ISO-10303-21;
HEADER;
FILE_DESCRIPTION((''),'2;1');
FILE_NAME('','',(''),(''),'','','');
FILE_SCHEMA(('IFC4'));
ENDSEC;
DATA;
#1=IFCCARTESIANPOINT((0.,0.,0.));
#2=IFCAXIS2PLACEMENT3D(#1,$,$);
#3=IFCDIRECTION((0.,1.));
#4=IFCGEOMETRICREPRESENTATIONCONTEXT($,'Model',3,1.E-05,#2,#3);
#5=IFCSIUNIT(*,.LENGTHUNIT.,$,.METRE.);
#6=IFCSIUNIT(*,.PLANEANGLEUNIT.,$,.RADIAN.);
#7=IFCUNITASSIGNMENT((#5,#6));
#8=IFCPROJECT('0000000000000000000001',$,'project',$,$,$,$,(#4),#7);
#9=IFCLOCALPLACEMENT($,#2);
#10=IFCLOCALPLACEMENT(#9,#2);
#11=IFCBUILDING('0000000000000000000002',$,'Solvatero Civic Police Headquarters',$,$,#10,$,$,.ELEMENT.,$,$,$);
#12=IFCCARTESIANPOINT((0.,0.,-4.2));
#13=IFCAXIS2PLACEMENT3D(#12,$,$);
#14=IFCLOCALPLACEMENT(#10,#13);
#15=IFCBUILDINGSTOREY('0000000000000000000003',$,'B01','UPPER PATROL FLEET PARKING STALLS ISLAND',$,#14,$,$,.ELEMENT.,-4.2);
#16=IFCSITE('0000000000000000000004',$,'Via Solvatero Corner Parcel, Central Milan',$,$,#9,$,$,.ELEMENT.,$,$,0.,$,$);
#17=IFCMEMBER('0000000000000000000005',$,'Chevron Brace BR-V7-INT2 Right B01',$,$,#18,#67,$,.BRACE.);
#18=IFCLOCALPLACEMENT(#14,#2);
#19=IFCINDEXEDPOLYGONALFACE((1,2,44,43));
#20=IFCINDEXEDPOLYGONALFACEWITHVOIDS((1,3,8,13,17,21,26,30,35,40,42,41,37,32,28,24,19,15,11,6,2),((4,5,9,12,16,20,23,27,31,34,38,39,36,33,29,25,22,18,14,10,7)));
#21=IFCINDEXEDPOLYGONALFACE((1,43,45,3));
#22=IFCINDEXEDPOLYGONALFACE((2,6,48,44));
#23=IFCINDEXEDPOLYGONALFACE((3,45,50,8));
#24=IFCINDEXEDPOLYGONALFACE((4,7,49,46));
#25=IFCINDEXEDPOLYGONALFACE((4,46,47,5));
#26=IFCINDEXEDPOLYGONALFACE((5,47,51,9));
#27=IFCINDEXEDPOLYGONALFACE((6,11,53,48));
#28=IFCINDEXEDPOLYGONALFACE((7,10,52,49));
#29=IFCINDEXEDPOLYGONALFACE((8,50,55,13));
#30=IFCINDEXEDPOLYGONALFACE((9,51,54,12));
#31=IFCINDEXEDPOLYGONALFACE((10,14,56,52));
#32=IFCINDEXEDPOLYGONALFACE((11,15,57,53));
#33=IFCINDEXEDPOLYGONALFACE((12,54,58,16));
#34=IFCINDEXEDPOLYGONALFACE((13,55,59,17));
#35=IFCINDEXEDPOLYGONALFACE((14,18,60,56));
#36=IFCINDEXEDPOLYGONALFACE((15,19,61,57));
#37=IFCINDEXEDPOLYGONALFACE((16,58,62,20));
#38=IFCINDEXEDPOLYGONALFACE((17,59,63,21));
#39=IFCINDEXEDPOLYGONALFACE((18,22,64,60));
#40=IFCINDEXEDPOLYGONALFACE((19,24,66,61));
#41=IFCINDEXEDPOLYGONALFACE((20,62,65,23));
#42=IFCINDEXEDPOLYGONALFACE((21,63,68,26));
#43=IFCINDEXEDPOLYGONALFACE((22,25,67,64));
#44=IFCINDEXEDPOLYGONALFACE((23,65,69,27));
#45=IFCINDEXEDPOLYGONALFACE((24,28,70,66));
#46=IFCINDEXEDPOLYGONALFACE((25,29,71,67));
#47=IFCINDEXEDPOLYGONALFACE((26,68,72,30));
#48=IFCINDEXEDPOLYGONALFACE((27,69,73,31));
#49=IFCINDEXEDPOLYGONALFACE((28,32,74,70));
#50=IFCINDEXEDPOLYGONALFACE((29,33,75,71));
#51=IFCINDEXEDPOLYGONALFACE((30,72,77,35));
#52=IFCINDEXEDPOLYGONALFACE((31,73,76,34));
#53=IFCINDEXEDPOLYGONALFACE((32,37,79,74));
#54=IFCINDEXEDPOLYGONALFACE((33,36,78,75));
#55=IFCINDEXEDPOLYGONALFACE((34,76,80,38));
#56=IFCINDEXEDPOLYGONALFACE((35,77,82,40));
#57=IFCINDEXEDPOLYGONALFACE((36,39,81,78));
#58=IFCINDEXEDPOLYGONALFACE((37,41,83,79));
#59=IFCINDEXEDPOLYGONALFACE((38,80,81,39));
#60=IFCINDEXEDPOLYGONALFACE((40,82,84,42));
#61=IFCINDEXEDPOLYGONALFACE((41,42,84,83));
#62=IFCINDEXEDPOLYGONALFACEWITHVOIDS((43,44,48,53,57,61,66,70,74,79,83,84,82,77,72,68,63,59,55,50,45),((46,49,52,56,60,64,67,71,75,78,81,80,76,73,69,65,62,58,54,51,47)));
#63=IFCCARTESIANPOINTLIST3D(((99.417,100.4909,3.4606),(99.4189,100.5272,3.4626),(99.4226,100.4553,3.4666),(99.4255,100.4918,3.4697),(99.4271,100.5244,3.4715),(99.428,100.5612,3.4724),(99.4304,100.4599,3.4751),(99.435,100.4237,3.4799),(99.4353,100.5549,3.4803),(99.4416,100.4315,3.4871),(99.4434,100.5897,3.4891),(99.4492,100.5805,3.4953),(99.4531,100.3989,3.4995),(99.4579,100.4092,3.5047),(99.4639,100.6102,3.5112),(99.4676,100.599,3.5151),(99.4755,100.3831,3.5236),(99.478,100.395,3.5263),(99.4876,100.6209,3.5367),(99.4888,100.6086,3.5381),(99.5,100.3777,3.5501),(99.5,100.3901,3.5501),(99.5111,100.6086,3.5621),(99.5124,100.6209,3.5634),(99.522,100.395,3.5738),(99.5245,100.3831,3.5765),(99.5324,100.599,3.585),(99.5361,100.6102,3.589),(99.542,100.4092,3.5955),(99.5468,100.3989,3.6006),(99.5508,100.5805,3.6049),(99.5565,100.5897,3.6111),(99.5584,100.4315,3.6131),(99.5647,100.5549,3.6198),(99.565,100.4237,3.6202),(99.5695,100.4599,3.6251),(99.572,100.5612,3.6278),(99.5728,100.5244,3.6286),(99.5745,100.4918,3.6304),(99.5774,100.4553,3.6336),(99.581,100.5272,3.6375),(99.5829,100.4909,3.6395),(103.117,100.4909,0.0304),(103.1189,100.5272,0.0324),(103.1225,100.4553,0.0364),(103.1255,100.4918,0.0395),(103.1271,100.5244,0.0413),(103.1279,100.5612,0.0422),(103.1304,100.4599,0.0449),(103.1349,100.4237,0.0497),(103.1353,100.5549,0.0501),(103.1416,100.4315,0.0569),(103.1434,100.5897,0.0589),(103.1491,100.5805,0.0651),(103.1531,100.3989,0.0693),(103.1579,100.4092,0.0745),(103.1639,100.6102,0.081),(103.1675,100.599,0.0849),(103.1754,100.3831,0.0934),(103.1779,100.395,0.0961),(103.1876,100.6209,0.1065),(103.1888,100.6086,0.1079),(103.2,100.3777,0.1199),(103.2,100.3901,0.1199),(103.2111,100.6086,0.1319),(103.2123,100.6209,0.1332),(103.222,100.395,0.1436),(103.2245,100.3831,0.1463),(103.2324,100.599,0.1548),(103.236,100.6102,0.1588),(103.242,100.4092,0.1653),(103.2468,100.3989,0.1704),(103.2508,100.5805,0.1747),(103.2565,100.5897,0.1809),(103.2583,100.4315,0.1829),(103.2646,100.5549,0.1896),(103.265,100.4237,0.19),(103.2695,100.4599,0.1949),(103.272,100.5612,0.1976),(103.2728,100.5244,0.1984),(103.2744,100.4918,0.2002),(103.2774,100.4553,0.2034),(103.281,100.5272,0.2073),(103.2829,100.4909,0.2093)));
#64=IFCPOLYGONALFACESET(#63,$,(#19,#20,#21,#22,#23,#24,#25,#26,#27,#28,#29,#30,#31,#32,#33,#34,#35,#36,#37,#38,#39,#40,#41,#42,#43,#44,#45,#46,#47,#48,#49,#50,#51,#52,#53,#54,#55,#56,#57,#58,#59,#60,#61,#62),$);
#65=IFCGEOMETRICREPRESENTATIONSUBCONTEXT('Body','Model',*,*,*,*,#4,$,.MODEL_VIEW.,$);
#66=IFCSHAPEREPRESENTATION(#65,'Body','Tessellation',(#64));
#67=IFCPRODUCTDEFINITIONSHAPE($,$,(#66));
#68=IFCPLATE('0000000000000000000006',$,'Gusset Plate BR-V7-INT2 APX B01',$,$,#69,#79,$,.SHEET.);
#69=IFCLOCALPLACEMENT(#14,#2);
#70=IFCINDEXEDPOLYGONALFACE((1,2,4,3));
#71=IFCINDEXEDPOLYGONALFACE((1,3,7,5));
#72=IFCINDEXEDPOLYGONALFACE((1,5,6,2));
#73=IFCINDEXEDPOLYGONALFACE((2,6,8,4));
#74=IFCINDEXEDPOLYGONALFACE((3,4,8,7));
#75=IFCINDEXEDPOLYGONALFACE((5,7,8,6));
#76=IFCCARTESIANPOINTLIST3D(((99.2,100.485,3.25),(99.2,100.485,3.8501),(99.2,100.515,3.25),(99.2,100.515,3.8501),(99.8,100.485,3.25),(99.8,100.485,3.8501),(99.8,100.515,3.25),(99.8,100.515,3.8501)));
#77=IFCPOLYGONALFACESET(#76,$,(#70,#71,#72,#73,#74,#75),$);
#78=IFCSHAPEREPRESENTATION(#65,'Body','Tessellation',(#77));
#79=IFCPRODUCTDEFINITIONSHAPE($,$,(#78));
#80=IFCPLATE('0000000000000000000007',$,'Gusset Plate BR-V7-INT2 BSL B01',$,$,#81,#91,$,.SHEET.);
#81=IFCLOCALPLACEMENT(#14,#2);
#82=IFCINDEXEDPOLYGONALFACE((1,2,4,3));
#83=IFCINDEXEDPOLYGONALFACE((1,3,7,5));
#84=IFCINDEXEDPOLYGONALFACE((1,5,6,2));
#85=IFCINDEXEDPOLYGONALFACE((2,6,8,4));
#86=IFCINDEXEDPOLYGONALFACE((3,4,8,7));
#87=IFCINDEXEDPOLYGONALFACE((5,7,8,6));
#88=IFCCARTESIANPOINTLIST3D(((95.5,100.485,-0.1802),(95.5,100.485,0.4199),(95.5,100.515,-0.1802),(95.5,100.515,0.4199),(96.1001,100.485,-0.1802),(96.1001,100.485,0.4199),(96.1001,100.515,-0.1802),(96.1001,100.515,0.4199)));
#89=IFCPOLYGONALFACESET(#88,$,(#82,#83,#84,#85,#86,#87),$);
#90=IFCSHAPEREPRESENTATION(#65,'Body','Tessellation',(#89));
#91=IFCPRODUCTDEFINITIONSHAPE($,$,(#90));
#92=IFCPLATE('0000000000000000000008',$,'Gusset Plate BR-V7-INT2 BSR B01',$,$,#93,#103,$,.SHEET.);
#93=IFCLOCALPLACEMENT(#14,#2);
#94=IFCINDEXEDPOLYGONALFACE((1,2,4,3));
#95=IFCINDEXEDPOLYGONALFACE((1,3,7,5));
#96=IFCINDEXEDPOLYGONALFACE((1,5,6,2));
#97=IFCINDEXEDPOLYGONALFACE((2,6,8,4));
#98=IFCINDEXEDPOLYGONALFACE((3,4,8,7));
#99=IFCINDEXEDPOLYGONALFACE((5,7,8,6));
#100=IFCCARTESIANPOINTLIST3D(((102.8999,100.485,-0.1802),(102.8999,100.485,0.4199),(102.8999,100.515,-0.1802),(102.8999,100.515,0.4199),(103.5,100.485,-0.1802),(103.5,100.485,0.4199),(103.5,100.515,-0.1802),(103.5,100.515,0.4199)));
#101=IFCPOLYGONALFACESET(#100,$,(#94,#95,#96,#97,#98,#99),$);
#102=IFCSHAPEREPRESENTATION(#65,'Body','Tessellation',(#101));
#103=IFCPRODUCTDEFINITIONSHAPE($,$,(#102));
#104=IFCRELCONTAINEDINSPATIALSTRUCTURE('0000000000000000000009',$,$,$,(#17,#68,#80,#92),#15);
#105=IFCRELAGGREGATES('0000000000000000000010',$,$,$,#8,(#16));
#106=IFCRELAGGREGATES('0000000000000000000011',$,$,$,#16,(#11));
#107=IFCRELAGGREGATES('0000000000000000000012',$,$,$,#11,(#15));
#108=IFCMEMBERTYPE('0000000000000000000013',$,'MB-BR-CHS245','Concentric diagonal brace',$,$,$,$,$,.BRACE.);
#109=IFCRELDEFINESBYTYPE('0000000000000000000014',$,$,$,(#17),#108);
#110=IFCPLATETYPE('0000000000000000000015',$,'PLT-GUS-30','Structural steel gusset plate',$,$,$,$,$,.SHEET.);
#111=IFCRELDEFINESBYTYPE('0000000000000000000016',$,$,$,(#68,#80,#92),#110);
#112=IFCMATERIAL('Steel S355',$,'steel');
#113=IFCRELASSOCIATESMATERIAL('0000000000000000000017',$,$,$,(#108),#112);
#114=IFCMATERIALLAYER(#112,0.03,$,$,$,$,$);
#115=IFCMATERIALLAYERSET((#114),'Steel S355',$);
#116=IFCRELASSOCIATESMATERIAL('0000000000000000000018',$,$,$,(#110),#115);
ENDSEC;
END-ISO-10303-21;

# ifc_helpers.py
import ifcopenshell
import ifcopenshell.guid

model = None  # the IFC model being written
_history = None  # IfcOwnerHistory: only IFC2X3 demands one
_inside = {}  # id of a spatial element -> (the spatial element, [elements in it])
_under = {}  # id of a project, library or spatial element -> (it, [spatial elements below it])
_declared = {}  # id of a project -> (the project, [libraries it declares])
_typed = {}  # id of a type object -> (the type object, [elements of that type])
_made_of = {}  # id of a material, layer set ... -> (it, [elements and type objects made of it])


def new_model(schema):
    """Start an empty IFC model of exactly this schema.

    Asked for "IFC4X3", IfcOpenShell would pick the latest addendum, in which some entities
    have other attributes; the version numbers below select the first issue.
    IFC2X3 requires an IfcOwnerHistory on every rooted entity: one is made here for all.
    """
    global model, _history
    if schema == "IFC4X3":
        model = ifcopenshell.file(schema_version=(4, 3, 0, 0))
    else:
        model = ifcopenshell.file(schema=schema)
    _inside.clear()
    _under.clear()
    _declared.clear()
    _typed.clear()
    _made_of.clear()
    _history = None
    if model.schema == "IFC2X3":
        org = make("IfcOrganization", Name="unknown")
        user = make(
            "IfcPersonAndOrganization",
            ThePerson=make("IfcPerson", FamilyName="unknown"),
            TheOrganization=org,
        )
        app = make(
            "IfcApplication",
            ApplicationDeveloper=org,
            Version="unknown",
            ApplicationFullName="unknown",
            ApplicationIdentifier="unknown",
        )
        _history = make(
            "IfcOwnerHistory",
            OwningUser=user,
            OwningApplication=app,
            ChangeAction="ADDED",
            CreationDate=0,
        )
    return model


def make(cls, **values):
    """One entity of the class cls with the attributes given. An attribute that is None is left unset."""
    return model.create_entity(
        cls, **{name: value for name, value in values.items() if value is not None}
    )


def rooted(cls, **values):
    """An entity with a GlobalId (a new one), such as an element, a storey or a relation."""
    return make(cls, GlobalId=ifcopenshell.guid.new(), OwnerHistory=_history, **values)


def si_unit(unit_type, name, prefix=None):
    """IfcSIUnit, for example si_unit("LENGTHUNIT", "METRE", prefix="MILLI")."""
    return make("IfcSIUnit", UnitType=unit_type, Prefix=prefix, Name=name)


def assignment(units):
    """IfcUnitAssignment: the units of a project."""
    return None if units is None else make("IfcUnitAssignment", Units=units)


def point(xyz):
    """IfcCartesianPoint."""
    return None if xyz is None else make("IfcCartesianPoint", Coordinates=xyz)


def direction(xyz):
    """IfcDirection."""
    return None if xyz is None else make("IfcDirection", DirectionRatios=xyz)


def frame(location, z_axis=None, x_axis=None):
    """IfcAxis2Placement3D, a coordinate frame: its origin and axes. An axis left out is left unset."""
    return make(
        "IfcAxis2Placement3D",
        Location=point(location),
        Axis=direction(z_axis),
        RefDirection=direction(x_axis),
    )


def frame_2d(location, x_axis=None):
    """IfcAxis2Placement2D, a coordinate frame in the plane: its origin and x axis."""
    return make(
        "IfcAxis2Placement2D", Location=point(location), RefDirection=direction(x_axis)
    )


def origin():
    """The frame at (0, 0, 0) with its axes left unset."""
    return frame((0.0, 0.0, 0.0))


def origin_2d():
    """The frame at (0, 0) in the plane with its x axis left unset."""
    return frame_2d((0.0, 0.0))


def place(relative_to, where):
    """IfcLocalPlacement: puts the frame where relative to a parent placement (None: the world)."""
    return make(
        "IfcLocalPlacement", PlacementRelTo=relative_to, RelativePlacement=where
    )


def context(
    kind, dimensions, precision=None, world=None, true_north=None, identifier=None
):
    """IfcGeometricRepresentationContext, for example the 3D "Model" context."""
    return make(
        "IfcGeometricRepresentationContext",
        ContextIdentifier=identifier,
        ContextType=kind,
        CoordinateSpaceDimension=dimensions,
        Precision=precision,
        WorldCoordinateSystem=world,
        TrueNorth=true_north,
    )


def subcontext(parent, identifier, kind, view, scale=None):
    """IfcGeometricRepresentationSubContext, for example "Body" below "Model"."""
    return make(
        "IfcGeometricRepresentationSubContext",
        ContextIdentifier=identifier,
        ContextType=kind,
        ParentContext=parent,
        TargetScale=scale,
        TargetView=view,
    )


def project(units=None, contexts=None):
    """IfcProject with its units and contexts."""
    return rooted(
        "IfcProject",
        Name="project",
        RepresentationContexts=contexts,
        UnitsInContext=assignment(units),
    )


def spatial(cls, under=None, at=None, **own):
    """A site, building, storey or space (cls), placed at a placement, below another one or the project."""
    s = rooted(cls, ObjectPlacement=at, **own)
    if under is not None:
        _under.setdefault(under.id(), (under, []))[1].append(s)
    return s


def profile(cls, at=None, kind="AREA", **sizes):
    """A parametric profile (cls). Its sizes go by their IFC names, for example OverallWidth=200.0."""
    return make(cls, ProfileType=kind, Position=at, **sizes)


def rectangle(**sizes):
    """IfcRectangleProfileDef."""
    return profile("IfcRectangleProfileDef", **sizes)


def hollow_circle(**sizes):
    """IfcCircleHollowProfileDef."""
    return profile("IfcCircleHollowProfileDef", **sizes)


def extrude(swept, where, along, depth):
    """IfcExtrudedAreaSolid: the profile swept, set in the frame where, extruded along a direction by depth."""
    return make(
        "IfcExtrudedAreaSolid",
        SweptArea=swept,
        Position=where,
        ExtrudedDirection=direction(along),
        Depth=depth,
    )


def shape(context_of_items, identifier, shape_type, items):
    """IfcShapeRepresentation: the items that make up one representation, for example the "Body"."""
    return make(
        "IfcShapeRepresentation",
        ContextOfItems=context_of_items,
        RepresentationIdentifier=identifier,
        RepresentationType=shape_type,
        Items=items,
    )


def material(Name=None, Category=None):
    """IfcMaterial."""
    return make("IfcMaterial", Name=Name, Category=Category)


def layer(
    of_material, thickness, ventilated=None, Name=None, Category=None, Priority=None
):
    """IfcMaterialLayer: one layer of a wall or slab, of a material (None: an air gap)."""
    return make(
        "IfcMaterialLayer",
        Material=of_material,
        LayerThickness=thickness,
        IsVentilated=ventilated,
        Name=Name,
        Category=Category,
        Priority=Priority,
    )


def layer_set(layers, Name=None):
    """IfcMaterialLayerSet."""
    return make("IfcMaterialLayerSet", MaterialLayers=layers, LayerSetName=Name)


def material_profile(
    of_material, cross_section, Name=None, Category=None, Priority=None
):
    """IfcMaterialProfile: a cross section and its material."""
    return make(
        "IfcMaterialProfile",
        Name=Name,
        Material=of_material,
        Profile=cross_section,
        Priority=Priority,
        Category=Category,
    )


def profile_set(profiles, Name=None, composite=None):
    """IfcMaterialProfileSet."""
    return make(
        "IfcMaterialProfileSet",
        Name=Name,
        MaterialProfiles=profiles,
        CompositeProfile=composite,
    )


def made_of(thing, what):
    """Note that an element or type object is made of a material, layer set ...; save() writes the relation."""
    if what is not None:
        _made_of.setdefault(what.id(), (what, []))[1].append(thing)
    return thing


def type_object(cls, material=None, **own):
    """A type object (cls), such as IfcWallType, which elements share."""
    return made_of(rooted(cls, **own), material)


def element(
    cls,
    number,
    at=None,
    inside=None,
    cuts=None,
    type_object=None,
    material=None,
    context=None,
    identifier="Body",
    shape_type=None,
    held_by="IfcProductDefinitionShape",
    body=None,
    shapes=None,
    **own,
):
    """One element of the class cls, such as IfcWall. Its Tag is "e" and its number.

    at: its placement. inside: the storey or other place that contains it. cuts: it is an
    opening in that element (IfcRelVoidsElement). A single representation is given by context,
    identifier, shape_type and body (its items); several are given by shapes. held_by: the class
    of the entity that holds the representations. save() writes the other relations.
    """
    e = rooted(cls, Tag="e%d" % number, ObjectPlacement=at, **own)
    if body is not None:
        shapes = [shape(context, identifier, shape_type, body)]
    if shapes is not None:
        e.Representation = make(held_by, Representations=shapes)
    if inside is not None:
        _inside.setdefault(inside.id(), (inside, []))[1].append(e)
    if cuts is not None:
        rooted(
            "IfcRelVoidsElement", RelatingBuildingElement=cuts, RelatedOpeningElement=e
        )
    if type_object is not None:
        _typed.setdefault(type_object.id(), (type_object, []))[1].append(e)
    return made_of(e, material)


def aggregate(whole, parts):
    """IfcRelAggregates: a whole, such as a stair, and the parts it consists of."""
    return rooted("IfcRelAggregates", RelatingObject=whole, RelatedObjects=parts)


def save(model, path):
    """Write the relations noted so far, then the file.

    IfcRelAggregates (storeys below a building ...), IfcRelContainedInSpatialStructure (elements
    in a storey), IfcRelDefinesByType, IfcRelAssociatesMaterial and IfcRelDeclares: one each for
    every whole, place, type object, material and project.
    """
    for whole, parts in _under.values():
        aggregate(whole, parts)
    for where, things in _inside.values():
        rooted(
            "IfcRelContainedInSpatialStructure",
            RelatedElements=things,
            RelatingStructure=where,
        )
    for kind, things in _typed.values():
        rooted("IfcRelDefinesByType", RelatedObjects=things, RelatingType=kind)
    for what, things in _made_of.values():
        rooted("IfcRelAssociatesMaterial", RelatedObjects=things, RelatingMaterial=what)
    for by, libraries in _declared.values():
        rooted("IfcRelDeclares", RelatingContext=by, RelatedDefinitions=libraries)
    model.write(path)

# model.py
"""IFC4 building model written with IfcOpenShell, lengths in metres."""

from ifc_helpers import new_model, si_unit, direction, frame, origin, origin_2d, place, context, subcontext, project, spatial, rectangle, hollow_circle, extrude, material, layer, layer_set, material_profile, profile_set, type_object, element, save


model = new_model("IFC4")

# Units and contexts
model_context = context("Model", 3, precision=1e-05, world=origin(), true_north=direction((0.0, 1.0)))
body_context = subcontext(model_context, "Body", "Model", "MODEL_VIEW")
ifc_project = project(units=[si_unit("LENGTHUNIT", "METRE"), si_unit("PLANEANGLEUNIT", "RADIAN")], contexts=[model_context])

# Site, building, storey
site_placement = place(None, origin())
site = spatial("IfcSite", under=ifc_project, at=site_placement, Name="Via Solvatero Corner Parcel, Central Milan", CompositionType="ELEMENT", RefElevation=0.0)
building_placement = place(site_placement, origin())
building = spatial("IfcBuilding", under=site, at=building_placement, Name="Solvatero Civic Police Headquarters", CompositionType="ELEMENT")
storey_placement = place(building_placement, frame((0.0, 0.0, -4.2)))
storey = spatial("IfcBuildingStorey", under=building, at=storey_placement, Name="B01", Description="UPPER PATROL FLEET PARKING STALLS ISLAND", CompositionType="ELEMENT", Elevation=-4.2)

# Member
ifc_material_1 = material(Name="Steel S355", Category="steel")
ifc_material_profile_1 = material_profile(ifc_material_1, hollow_circle(Radius=0.1223, WallThickness=0.0125, at=origin_2d()), Name="CHS 244.5x12.5")
ifc_profile_set_1 = profile_set([ifc_material_profile_1], Name="Steel S355")
member_type = type_object("IfcMemberType", Name="MB-BR-CHS245", Description="Concentric diagonal brace", PredefinedType="BRACE", material=ifc_profile_set_1)
for number, where, z_axis, x_axis, name in (
    (1, (103.2, 100.5, 0.1199), (-0.733336, 0.0, 0.679866), (0.0, -1.0, 0.0), "Chevron Brace BR-V7-INT2 Right B01"),
):
    element("IfcMember", number, at=place(storey_placement, frame(where, z_axis=z_axis, x_axis=x_axis)), inside=storey, type_object=member_type, Name=name, PredefinedType="BRACE", context=body_context, shape_type="SweptSolid", body=[
        extrude(hollow_circle(Radius=0.1223, WallThickness=0.0125, at=origin_2d()), origin(), (0.0, 0.0, 1.0), 5.0454),
    ])

# Plates
ifc_layer = layer(ifc_material_1, 0.03)
ifc_layer_set = layer_set([ifc_layer], Name="Steel S355")
plate_type = type_object("IfcPlateType", Name="PLT-GUS-30", Description="Structural steel gusset plate", PredefinedType="SHEET", material=ifc_layer_set)
for number, where, z_axis, x_axis, name in (
    (2, (99.5, 100.5, 3.25), (0.0, 0.0, 1.0), (1.0, 0.0, 0.0), "Gusset Plate BR-V7-INT2 APX B01"),
    (3, (95.8, 100.5, -0.1802), (0.0, 0.0, 1.0), (1.0, 0.0, 0.0), "Gusset Plate BR-V7-INT2 BSL B01"),
    (4, (103.2, 100.5, -0.1802), (0.0, 0.0, 1.0), (1.0, 0.0, 0.0), "Gusset Plate BR-V7-INT2 BSR B01"),
):
    element("IfcPlate", number, at=place(storey_placement, frame(where, z_axis=z_axis, x_axis=x_axis)), inside=storey, type_object=plate_type, Name=name, PredefinedType="SHEET", context=body_context, shape_type="SweptSolid", body=[
        extrude(rectangle(XDim=0.6001, YDim=0.03, at=origin_2d()), origin(), (0.0, 0.0, 1.0), 0.6001),
    ])

save(model, "model.ifc")
